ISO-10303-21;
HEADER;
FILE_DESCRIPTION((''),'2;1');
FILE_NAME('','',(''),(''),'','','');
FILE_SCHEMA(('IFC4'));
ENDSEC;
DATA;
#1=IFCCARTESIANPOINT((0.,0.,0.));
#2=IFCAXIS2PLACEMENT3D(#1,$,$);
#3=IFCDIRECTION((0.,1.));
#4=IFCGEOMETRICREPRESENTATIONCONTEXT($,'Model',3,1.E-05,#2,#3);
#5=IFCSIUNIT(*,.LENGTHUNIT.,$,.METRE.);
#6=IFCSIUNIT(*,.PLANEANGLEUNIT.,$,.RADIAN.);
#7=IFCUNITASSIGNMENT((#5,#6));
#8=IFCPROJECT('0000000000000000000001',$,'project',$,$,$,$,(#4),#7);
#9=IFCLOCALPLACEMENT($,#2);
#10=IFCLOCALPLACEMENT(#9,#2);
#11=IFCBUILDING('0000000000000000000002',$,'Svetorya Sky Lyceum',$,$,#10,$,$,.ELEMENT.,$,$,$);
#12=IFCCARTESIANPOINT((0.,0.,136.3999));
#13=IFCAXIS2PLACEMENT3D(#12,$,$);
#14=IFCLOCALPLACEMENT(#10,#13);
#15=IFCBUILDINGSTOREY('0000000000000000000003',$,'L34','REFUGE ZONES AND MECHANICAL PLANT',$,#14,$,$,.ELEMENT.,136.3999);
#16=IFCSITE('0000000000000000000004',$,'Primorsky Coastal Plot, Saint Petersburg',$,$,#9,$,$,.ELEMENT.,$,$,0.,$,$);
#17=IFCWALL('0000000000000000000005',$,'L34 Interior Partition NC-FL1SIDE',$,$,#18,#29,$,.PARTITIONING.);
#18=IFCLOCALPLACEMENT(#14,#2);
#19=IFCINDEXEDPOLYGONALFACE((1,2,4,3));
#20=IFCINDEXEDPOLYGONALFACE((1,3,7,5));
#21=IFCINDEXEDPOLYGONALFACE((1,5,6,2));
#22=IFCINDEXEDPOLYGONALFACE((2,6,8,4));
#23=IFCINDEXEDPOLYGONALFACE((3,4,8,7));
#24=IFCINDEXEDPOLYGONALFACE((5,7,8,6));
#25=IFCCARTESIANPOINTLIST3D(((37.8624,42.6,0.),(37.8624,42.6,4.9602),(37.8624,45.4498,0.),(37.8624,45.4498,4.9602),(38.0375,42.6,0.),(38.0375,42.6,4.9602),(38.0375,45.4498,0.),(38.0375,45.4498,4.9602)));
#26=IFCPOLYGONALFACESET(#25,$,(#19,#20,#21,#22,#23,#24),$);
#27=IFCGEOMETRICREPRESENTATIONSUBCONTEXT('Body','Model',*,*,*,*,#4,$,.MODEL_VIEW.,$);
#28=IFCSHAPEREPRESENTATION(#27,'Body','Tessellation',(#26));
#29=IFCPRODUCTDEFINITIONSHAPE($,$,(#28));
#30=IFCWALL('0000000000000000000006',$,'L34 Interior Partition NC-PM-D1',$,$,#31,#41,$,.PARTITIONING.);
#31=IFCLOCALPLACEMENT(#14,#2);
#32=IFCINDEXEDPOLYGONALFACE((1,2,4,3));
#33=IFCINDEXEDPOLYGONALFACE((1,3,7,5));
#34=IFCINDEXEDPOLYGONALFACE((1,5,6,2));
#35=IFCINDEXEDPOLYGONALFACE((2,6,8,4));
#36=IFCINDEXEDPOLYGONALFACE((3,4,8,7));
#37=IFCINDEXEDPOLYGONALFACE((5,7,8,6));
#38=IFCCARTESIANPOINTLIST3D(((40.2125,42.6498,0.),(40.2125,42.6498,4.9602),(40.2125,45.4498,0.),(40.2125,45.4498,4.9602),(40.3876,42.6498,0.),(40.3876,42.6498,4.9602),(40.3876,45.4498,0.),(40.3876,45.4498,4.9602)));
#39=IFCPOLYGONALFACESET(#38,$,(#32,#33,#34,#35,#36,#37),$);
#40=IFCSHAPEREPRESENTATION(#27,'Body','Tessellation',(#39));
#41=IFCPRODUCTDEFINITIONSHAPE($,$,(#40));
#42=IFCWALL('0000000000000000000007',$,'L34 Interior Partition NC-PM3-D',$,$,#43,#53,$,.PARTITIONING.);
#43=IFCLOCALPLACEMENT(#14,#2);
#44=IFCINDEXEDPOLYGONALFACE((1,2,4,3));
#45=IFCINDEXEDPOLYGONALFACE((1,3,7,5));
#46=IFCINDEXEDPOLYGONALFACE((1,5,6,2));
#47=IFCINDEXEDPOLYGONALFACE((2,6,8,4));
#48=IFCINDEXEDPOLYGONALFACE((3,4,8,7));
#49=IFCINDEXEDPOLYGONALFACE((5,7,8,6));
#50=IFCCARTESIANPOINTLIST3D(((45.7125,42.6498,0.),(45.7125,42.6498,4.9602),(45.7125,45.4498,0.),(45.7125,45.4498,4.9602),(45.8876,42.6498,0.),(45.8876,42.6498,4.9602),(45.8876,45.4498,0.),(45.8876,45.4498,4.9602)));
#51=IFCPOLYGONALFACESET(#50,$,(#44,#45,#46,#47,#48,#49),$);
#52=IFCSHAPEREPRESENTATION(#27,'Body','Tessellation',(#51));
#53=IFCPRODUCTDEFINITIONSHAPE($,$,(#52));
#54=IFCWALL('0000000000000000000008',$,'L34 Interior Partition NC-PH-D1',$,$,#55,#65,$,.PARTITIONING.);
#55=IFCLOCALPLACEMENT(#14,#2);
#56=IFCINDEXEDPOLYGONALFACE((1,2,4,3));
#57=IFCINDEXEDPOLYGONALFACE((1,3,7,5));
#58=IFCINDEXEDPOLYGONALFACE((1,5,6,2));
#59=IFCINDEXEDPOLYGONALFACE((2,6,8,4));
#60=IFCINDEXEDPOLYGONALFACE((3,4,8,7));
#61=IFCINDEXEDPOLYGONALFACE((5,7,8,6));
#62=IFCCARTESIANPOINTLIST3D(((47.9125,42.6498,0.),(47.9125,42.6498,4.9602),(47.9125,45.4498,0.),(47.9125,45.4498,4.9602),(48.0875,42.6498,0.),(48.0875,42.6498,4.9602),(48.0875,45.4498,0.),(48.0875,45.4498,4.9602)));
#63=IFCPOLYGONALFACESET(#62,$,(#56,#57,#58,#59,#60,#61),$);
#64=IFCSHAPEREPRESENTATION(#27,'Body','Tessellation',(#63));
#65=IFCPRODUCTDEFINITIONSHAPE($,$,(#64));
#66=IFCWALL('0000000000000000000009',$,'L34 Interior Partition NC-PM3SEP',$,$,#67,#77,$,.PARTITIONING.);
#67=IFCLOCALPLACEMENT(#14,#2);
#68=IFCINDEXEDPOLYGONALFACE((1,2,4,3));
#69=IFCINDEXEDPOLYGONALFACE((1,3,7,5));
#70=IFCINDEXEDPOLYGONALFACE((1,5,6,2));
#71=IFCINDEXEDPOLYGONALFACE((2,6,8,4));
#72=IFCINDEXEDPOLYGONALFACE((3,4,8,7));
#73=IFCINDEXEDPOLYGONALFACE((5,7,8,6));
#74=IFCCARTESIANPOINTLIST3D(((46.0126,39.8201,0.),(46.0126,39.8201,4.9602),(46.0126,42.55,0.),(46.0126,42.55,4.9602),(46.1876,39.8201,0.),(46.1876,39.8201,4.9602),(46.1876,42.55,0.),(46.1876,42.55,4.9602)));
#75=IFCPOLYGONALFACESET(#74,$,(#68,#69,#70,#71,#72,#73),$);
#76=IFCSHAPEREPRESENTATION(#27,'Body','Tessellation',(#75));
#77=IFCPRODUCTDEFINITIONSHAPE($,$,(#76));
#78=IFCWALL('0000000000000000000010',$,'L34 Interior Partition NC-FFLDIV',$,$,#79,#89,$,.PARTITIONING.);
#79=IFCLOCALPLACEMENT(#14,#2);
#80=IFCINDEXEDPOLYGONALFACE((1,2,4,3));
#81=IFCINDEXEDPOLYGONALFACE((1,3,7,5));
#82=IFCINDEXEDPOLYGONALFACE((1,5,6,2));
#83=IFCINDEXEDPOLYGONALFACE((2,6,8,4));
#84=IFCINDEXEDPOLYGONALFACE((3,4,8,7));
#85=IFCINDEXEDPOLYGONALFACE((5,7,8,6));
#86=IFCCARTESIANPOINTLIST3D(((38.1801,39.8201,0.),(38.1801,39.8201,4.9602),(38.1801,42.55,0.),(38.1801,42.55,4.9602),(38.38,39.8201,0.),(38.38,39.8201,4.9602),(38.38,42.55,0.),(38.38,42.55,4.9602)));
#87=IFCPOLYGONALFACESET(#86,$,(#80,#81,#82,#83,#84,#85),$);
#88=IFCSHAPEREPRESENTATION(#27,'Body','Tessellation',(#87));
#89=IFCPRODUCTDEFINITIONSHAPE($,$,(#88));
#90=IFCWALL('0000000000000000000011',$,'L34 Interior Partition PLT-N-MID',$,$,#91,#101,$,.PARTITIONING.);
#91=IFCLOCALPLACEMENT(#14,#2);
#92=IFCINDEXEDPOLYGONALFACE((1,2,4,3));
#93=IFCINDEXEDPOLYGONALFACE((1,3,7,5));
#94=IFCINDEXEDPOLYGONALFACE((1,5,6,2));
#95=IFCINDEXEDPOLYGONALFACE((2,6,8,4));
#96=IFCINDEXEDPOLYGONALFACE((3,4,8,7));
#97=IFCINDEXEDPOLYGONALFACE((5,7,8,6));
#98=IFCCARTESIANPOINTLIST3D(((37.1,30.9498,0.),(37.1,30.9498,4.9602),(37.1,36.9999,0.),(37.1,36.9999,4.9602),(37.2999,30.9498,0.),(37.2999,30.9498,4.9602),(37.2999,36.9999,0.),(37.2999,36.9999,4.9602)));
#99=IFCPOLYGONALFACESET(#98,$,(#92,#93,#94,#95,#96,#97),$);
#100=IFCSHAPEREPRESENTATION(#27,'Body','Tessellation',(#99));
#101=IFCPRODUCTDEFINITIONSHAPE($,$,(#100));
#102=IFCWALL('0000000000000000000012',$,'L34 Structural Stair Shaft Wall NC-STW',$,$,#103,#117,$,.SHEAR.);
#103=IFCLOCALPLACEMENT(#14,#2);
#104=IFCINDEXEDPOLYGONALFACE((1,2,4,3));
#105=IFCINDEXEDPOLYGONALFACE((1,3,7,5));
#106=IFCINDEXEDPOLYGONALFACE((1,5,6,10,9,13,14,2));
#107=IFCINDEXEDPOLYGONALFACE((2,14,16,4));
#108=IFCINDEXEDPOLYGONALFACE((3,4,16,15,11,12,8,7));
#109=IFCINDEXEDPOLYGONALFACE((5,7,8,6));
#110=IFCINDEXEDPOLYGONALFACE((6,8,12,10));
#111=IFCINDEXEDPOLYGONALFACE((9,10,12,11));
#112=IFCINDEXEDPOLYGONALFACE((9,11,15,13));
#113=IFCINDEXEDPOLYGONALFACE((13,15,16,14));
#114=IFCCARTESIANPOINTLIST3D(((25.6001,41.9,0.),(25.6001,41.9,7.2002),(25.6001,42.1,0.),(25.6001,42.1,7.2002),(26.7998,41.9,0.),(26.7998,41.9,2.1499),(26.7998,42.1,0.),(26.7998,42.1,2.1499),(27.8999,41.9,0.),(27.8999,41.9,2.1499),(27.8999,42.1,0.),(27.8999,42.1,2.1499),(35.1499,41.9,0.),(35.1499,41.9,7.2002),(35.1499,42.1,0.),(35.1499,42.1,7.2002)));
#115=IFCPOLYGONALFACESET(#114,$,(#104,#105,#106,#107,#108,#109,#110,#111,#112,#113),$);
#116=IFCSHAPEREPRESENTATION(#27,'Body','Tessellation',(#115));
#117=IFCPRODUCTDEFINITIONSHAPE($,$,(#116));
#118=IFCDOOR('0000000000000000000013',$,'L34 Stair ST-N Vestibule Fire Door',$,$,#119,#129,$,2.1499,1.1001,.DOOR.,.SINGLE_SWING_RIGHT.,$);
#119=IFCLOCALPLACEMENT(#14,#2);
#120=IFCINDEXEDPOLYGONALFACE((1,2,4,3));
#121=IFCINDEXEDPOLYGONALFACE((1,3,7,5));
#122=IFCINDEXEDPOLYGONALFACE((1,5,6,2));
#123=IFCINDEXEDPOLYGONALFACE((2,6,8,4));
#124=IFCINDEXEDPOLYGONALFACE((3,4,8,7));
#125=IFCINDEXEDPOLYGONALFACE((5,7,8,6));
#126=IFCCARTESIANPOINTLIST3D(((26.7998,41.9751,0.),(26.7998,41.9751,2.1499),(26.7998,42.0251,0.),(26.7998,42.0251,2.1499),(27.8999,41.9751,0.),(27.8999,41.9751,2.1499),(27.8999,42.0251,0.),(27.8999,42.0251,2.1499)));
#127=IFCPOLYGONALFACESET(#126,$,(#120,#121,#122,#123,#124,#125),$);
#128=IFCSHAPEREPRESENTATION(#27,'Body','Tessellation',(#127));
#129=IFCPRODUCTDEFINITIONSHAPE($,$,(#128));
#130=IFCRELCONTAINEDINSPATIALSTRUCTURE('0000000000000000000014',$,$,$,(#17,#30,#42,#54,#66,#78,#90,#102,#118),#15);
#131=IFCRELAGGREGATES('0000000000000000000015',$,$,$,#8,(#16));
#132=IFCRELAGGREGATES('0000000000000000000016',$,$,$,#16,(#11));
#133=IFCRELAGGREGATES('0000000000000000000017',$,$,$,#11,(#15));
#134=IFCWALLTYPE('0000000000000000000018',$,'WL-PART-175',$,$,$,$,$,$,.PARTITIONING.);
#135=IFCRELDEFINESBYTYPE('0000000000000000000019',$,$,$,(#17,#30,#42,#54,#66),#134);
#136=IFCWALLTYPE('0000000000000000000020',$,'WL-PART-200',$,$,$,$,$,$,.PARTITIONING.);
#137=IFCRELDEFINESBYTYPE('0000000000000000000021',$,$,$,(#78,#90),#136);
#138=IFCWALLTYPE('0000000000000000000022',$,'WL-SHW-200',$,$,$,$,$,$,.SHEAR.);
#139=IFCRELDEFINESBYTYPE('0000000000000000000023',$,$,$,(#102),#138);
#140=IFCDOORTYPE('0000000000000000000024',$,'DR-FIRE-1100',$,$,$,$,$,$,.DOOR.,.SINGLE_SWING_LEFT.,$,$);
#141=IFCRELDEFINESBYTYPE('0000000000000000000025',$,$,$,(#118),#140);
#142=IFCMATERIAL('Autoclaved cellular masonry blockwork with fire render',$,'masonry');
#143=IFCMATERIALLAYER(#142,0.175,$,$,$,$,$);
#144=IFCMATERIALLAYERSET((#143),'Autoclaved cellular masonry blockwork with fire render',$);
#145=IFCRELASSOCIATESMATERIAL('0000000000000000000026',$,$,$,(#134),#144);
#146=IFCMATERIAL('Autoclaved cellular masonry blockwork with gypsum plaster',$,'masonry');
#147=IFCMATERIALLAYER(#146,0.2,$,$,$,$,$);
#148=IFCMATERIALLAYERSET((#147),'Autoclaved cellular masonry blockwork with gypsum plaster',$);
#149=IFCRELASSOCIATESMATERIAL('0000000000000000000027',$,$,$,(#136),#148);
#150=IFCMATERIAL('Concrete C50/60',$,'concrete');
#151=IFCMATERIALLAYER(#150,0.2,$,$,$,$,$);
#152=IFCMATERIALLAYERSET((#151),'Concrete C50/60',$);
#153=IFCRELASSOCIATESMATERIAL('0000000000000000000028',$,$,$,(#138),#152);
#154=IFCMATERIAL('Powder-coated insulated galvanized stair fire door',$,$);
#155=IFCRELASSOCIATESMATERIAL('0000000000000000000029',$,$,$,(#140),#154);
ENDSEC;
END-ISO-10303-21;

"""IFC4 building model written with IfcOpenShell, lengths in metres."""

from ifc_helpers import new_model, si_unit, direction, frame, frame_2d, origin, place, context, subcontext, project, spatial, rectangle, extrude, material, layer, layer_set, type_object, element, fill, save


model = new_model("IFC4")

# Units and contexts
model_context = context("Model", 3, precision=1e-05, world=origin(), true_north=direction((0.0, 1.0)))
body_context = subcontext(model_context, "Body", "Model", "MODEL_VIEW")
ifc_project = project(units=[si_unit("LENGTHUNIT", "METRE"), si_unit("PLANEANGLEUNIT", "RADIAN")], contexts=[model_context])

# Site, building, storey
site_placement = place(None, origin())
site = spatial("IfcSite", under=ifc_project, at=site_placement, Name="Primorsky Coastal Plot, Saint Petersburg", CompositionType="ELEMENT", RefElevation=0.0)
building_placement = place(site_placement, origin())
building = spatial("IfcBuilding", under=site, at=building_placement, Name="Svetorya Sky Lyceum", CompositionType="ELEMENT")
storey_placement = place(building_placement, frame((0.0, 0.0, 136.3999)))
storey = spatial("IfcBuildingStorey", under=building, at=storey_placement, Name="L34", Description="REFUGE ZONES AND MECHANICAL PLANT", CompositionType="ELEMENT", Elevation=136.3999)

# Shared definitions
ifc_material_1 = material(Name="Concrete C50/60", Category="concrete")

# Walls
ifc_material_2 = material(Name="Autoclaved cellular masonry blockwork with fire render", Category="masonry")
ifc_layer_1 = layer(ifc_material_2, 0.175)
ifc_layer_set_1 = layer_set([ifc_layer_1], Name="Autoclaved cellular masonry blockwork with fire render")
wall_type_1 = type_object("IfcWallType", Name="WL-PART-175", PredefinedType="PARTITIONING", material=ifc_layer_set_1)
wall_1_placement = place(storey_placement, frame((37.95, 42.6001, 0.0), z_axis=(0.0, 0.0, 1.0), x_axis=(0.0, 1.0, 0.0)))
element("IfcWall", 1, at=wall_1_placement, inside=storey, type_object=wall_type_1, Name="L34 Interior Partition NC-FL1SIDE", PredefinedType="PARTITIONING", context=body_context, shape_type="SweptSolid", body=[
    extrude(rectangle(XDim=2.8499, YDim=0.175, at=frame_2d((1.4248, 0.0))), origin(), (0.0, 0.0, 1.0), 4.9602),
])
for number, where, z_axis, x_axis, name in (
    (2, (40.3, 42.6499, 0.0), (0.0, 0.0, 1.0), (0.0, 1.0, 0.0), "L34 Interior Partition NC-PM-D1"),
    (3, (45.8, 42.6499, 0.0), (0.0, 0.0, 1.0), (0.0, 1.0, 0.0), "L34 Interior Partition NC-PM3-D"),
    (4, (48.0, 42.6499, 0.0), (0.0, 0.0, 1.0), (0.0, 1.0, 0.0), "L34 Interior Partition NC-PH-D1"),
):
    element("IfcWall", number, at=place(storey_placement, frame(where, z_axis=z_axis, x_axis=x_axis)), inside=storey, type_object=wall_type_1, Name=name, PredefinedType="PARTITIONING", context=body_context, shape_type="SweptSolid", body=[
        extrude(rectangle(XDim=2.8, YDim=0.175, at=frame_2d((1.3999, 0.0))), origin(), (0.0, 0.0, 1.0), 4.9602),
    ])
wall_2_placement = place(storey_placement, frame((46.1001, 39.8201, 0.0), z_axis=(0.0, 0.0, 1.0), x_axis=(0.0, 1.0, 0.0)))
element("IfcWall", 5, at=wall_2_placement, inside=storey, type_object=wall_type_1, Name="L34 Interior Partition NC-PM3SEP", PredefinedType="PARTITIONING", context=body_context, shape_type="SweptSolid", body=[
    extrude(rectangle(XDim=2.73, YDim=0.175, at=frame_2d((1.365, 0.0))), origin(), (0.0, 0.0, 1.0), 4.9602),
])

# Shared definitions
ifc_material_3 = material(Name="Autoclaved cellular masonry blockwork with gypsum plaster", Category="masonry")
ifc_layer_2 = layer(ifc_material_3, 0.2)
ifc_layer_set_2 = layer_set([ifc_layer_2], Name="Autoclaved cellular masonry blockwork with gypsum plaster")
wall_type_2 = type_object("IfcWallType", Name="WL-PART-200", PredefinedType="PARTITIONING", material=ifc_layer_set_2)

# Wall
wall_3_placement = place(storey_placement, frame((38.28, 39.8201, 0.0), z_axis=(0.0, 0.0, 1.0), x_axis=(0.0, 1.0, 0.0)))
element("IfcWall", 6, at=wall_3_placement, inside=storey, type_object=wall_type_2, Name="L34 Interior Partition NC-FFLDIV", PredefinedType="PARTITIONING", context=body_context, shape_type="SweptSolid", body=[
    extrude(rectangle(XDim=2.73, YDim=0.2, at=frame_2d((1.365, 0.0))), origin(), (0.0, 0.0, 1.0), 4.9602),
])

# Wall
wall_4_placement = place(storey_placement, frame((37.2, 30.95, 0.0), z_axis=(0.0, 0.0, 1.0), x_axis=(0.0, 1.0, 0.0)))
element("IfcWall", 7, at=wall_4_placement, inside=storey, type_object=wall_type_2, Name="L34 Interior Partition PLT-N-MID", PredefinedType="PARTITIONING", context=body_context, shape_type="SweptSolid", body=[
    extrude(rectangle(XDim=6.05, YDim=0.2, at=frame_2d((3.0249, 0.0))), origin(), (0.0, 0.0, 1.0), 4.9602),
])

# Wall, opening, door
ifc_layer_3 = layer(ifc_material_1, 0.2)
ifc_layer_set_3 = layer_set([ifc_layer_3], Name="Concrete C50/60")
wall_type_3 = type_object("IfcWallType", Name="WL-SHW-200", PredefinedType="SHEAR", material=ifc_layer_set_3)
wall_5_placement = place(storey_placement, frame((35.1499, 42.0, 0.0), z_axis=(0.0, 0.0, 1.0), x_axis=(-1.0, 0.0, 0.0)))
wall_5 = element("IfcWall", 8, at=wall_5_placement, inside=storey, type_object=wall_type_3, Name="L34 Structural Stair Shaft Wall NC-STW", PredefinedType="SHEAR", context=body_context, shape_type="SweptSolid", body=[
    extrude(rectangle(XDim=9.5498, YDim=0.2, at=frame_2d((4.7749, 0.0))), origin(), (0.0, 0.0, 1.0), 7.2002),
])
opening_1_placement = place(wall_5_placement, frame((7.25, 0.0, 0.0)))
opening_1 = element("IfcOpeningElement", 9, at=opening_1_placement, cuts=wall_5, PredefinedType="OPENING", context=body_context, shape_type="SweptSolid", body=[
    extrude(rectangle(XDim=1.1001, YDim=2.1499, at=frame_2d((0.55, 1.075))), frame((0.0, 0.1099, 0.0), z_axis=(0.0, -1.0, 0.0), x_axis=(1.0, 0.0, 0.0)), (0.0, 0.0, 1.0), 0.22),
])
ifc_material_4 = material(Name="Powder-coated insulated galvanized stair fire door")
door_type_1 = type_object("IfcDoorType", Name="DR-FIRE-1100", OperationType="SINGLE_SWING_LEFT", PredefinedType="DOOR", material=ifc_material_4)
door_1_placement = place(opening_1_placement, origin())
door_1 = element("IfcDoor", 10, at=door_1_placement, inside=storey, type_object=door_type_1, Name="L34 Stair ST-N Vestibule Fire Door", OperationType="SINGLE_SWING_RIGHT", OverallHeight=2.1499, OverallWidth=1.1001, PredefinedType="DOOR", context=body_context, shape_type="SweptSolid", body=[
    extrude(rectangle(XDim=1.1001, YDim=2.1499, at=frame_2d((0.55, 1.075))), frame((0.0, 0.0249, 0.0), z_axis=(0.0, -1.0, 0.0), x_axis=(1.0, 0.0, 0.0)), (0.0, 0.0, 1.0), 0.05),
])
fill(opening_1, door_1)

save(model, "model.ifc")
